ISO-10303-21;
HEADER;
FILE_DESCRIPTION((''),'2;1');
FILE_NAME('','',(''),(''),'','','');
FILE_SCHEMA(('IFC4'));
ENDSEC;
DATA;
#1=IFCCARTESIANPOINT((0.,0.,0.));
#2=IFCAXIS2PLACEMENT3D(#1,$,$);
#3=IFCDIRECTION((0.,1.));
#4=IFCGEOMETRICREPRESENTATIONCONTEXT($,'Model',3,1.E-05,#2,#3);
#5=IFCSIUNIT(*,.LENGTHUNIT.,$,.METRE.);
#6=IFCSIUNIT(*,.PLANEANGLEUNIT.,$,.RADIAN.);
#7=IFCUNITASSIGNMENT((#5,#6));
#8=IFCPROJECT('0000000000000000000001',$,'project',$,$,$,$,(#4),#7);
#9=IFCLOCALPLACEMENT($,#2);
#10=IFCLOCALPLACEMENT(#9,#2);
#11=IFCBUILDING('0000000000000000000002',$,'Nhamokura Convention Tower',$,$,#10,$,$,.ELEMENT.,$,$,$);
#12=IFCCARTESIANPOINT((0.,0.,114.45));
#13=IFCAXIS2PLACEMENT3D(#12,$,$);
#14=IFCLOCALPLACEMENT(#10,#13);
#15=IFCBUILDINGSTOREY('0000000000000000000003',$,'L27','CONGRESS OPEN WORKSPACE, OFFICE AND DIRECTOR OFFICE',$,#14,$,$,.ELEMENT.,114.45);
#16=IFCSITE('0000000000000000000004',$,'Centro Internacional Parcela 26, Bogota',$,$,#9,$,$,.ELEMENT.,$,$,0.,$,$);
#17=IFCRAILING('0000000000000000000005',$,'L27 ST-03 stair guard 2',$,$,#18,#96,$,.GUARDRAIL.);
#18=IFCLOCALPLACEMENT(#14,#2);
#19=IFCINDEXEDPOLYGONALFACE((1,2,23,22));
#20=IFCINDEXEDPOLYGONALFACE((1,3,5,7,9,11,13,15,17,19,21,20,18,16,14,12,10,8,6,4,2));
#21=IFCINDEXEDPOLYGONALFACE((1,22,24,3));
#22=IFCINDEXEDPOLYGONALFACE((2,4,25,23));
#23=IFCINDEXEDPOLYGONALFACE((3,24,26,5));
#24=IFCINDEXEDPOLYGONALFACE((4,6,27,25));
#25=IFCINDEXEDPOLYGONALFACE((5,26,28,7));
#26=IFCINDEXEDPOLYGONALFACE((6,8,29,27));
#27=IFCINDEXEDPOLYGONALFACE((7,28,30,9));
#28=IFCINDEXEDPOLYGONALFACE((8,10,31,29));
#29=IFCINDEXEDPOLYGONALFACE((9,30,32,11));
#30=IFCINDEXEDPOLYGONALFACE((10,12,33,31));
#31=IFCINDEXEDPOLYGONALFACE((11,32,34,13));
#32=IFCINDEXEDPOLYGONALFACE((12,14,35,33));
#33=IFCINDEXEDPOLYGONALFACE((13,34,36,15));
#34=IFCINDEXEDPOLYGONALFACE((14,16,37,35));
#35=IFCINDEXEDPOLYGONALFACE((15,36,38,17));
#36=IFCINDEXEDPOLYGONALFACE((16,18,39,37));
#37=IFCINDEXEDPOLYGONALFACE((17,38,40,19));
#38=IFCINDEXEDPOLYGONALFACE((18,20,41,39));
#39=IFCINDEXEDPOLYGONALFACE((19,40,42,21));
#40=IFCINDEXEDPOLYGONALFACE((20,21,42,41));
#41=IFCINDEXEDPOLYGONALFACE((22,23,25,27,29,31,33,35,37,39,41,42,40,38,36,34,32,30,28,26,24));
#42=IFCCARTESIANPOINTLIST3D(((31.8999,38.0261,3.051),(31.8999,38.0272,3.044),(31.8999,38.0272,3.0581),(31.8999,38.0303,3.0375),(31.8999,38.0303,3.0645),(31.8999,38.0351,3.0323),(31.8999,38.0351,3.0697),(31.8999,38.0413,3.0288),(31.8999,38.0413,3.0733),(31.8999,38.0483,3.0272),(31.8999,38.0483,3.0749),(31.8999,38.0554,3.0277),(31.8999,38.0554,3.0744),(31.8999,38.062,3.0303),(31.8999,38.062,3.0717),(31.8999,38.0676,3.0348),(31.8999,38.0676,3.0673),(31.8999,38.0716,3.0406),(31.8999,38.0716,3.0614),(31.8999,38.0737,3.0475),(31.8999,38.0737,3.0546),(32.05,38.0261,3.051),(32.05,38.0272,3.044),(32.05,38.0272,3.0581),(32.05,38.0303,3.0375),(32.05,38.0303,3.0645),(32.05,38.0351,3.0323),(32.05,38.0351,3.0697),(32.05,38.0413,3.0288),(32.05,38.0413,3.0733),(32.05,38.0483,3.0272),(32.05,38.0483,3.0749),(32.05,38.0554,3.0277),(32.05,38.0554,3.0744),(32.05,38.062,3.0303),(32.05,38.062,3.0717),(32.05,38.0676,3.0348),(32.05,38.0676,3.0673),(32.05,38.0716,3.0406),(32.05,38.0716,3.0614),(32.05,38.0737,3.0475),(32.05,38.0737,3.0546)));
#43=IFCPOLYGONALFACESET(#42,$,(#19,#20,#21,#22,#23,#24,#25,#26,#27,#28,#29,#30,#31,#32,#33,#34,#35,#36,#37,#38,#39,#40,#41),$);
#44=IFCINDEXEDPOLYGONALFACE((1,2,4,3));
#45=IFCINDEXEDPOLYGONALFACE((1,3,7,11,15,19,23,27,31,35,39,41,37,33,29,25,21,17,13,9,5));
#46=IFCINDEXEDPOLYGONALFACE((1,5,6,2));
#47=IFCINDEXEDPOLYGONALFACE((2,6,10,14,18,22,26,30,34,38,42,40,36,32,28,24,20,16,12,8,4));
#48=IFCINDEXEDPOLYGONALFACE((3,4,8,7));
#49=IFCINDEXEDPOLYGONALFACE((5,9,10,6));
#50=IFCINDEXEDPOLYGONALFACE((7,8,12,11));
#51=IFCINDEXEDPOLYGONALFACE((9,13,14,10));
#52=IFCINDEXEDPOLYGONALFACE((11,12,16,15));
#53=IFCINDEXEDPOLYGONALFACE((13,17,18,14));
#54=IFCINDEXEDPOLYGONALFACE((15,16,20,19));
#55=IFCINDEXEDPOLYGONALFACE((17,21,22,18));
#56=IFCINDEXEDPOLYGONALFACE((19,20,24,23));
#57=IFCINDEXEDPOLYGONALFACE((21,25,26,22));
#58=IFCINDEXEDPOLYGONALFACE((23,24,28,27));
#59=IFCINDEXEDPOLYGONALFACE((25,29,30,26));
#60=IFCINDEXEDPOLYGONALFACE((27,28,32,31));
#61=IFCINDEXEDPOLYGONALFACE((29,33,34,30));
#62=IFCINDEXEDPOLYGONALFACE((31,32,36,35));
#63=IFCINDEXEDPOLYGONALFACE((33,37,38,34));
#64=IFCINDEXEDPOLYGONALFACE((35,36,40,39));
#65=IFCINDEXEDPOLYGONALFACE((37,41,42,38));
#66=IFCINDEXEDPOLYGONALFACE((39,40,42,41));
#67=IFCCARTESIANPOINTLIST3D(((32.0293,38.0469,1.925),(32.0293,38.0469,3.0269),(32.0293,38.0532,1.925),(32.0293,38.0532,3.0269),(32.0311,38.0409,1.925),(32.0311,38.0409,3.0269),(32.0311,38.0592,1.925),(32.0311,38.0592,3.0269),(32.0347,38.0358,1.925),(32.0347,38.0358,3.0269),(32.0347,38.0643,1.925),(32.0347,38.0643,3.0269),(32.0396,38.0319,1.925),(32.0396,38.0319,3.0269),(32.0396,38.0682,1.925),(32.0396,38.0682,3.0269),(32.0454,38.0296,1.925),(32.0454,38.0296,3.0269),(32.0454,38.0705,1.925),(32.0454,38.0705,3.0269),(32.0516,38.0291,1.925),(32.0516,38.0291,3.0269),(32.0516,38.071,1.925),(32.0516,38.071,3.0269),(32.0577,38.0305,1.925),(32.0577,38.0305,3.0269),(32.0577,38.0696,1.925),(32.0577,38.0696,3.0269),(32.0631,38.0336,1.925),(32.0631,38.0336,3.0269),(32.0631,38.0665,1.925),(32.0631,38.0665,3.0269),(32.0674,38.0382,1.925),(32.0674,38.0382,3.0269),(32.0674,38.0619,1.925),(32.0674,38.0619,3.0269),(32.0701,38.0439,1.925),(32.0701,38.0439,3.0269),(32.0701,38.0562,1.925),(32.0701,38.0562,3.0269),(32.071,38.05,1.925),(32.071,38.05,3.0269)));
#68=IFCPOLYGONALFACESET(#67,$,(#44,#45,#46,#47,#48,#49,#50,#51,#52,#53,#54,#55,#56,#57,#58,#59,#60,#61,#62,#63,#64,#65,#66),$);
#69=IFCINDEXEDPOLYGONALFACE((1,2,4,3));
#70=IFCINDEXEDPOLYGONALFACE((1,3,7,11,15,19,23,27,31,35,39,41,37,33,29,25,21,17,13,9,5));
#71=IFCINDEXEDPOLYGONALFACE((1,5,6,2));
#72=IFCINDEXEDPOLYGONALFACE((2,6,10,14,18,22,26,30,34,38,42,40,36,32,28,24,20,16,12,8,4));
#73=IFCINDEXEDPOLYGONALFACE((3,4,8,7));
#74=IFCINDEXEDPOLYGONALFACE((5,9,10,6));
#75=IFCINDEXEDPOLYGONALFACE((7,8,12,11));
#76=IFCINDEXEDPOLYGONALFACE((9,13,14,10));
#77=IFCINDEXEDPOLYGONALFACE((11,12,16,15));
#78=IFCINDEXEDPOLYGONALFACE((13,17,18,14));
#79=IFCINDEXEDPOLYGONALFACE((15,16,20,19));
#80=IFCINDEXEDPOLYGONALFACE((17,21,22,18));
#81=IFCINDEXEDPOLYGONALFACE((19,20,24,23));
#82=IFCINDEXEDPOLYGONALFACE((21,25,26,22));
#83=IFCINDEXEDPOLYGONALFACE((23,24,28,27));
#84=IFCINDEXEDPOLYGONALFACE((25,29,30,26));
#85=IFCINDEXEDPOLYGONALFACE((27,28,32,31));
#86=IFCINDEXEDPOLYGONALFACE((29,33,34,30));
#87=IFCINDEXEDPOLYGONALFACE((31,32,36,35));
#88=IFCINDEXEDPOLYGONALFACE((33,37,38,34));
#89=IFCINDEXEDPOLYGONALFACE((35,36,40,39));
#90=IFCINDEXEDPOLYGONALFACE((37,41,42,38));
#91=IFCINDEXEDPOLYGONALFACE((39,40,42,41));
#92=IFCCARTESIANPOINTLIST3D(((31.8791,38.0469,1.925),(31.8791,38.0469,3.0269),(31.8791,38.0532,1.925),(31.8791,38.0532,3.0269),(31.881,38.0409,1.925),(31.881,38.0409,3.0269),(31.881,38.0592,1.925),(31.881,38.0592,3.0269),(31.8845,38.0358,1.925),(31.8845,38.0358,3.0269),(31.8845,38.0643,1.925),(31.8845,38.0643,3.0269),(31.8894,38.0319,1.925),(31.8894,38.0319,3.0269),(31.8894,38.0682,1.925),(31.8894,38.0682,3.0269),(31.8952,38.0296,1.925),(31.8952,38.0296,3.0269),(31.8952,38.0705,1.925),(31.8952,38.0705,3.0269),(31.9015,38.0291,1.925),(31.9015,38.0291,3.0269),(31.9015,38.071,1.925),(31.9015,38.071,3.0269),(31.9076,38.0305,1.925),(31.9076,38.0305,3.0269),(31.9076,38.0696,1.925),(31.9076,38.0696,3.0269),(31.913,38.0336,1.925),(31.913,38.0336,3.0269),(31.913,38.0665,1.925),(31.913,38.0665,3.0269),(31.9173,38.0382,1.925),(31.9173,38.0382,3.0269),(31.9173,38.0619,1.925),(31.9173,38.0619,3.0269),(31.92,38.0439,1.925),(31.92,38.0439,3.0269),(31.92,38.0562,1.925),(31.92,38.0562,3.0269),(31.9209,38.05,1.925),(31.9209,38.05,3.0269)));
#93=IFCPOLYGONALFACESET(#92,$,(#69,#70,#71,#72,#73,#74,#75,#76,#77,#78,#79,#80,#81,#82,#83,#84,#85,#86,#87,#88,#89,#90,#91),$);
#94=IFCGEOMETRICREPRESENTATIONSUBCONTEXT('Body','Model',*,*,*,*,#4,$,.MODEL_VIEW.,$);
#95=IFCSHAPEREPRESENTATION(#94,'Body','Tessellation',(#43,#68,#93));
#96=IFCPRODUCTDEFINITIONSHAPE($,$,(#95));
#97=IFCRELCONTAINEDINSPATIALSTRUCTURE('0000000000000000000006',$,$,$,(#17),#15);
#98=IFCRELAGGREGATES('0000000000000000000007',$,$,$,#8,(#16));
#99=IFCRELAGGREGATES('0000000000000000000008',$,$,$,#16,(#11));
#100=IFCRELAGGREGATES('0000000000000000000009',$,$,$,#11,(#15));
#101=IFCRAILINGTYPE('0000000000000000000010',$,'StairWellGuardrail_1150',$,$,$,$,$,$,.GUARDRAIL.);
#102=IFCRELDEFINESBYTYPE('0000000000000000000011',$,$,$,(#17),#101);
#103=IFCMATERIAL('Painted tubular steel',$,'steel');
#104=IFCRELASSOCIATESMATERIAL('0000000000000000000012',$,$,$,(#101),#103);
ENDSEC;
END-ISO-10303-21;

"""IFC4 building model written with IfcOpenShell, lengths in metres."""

from ifc_helpers import new_model, si_unit, direction, frame, origin, origin_2d, place, context, subcontext, project, spatial, circle, extrude, material, type_object, element, save


model = new_model("IFC4")

# Units and contexts
model_context = context("Model", 3, precision=1e-05, world=origin(), true_north=direction((0.0, 1.0)))
body_context = subcontext(model_context, "Body", "Model", "MODEL_VIEW")
ifc_project = project(units=[si_unit("LENGTHUNIT", "METRE"), si_unit("PLANEANGLEUNIT", "RADIAN")], contexts=[model_context])

# Site, building, storey
site_placement = place(None, origin())
site = spatial("IfcSite", under=ifc_project, at=site_placement, Name="Centro Internacional Parcela 26, Bogota", CompositionType="ELEMENT", RefElevation=0.0)
building_placement = place(site_placement, origin())
building = spatial("IfcBuilding", under=site, at=building_placement, Name="Nhamokura Convention Tower", CompositionType="ELEMENT")
storey_placement = place(building_placement, frame((0.0, 0.0, 114.45)))
storey = spatial("IfcBuildingStorey", under=building, at=storey_placement, Name="L27", Description="CONGRESS OPEN WORKSPACE, OFFICE AND DIRECTOR OFFICE", CompositionType="ELEMENT", Elevation=114.45)

# Railing
ifc_material_1 = material(Name="Painted tubular steel", Category="steel")
railing_type_1 = type_object("IfcRailingType", Name="StairWellGuardrail_1150", PredefinedType="GUARDRAIL", material=ifc_material_1)
railing_1_placement = place(storey_placement, frame((32.05, 38.05, 1.925)))
element("IfcRailing", 1, at=railing_1_placement, inside=storey, type_object=railing_type_1, Name="L27 ST-03 stair guard 2", PredefinedType="GUARDRAIL", context=body_context, shape_type="SweptSolid", body=[
    extrude(circle(Radius=0.0239, at=origin_2d()), frame((0.0, 0.0, 1.126), z_axis=(-1.0, 0.0, 0.0), x_axis=(0.0, -1.0, 0.0)), (0.0, 0.0, 1.0), 0.1501),
    extrude(circle(Radius=0.021, at=origin_2d()), origin(), (0.0, 0.0, 1.0), 1.1018),
    extrude(circle(Radius=0.021, at=origin_2d()), frame((-0.1501, 0.0, 0.0)), (0.0, 0.0, 1.0), 1.1018),
])

save(model, "model.ifc")
